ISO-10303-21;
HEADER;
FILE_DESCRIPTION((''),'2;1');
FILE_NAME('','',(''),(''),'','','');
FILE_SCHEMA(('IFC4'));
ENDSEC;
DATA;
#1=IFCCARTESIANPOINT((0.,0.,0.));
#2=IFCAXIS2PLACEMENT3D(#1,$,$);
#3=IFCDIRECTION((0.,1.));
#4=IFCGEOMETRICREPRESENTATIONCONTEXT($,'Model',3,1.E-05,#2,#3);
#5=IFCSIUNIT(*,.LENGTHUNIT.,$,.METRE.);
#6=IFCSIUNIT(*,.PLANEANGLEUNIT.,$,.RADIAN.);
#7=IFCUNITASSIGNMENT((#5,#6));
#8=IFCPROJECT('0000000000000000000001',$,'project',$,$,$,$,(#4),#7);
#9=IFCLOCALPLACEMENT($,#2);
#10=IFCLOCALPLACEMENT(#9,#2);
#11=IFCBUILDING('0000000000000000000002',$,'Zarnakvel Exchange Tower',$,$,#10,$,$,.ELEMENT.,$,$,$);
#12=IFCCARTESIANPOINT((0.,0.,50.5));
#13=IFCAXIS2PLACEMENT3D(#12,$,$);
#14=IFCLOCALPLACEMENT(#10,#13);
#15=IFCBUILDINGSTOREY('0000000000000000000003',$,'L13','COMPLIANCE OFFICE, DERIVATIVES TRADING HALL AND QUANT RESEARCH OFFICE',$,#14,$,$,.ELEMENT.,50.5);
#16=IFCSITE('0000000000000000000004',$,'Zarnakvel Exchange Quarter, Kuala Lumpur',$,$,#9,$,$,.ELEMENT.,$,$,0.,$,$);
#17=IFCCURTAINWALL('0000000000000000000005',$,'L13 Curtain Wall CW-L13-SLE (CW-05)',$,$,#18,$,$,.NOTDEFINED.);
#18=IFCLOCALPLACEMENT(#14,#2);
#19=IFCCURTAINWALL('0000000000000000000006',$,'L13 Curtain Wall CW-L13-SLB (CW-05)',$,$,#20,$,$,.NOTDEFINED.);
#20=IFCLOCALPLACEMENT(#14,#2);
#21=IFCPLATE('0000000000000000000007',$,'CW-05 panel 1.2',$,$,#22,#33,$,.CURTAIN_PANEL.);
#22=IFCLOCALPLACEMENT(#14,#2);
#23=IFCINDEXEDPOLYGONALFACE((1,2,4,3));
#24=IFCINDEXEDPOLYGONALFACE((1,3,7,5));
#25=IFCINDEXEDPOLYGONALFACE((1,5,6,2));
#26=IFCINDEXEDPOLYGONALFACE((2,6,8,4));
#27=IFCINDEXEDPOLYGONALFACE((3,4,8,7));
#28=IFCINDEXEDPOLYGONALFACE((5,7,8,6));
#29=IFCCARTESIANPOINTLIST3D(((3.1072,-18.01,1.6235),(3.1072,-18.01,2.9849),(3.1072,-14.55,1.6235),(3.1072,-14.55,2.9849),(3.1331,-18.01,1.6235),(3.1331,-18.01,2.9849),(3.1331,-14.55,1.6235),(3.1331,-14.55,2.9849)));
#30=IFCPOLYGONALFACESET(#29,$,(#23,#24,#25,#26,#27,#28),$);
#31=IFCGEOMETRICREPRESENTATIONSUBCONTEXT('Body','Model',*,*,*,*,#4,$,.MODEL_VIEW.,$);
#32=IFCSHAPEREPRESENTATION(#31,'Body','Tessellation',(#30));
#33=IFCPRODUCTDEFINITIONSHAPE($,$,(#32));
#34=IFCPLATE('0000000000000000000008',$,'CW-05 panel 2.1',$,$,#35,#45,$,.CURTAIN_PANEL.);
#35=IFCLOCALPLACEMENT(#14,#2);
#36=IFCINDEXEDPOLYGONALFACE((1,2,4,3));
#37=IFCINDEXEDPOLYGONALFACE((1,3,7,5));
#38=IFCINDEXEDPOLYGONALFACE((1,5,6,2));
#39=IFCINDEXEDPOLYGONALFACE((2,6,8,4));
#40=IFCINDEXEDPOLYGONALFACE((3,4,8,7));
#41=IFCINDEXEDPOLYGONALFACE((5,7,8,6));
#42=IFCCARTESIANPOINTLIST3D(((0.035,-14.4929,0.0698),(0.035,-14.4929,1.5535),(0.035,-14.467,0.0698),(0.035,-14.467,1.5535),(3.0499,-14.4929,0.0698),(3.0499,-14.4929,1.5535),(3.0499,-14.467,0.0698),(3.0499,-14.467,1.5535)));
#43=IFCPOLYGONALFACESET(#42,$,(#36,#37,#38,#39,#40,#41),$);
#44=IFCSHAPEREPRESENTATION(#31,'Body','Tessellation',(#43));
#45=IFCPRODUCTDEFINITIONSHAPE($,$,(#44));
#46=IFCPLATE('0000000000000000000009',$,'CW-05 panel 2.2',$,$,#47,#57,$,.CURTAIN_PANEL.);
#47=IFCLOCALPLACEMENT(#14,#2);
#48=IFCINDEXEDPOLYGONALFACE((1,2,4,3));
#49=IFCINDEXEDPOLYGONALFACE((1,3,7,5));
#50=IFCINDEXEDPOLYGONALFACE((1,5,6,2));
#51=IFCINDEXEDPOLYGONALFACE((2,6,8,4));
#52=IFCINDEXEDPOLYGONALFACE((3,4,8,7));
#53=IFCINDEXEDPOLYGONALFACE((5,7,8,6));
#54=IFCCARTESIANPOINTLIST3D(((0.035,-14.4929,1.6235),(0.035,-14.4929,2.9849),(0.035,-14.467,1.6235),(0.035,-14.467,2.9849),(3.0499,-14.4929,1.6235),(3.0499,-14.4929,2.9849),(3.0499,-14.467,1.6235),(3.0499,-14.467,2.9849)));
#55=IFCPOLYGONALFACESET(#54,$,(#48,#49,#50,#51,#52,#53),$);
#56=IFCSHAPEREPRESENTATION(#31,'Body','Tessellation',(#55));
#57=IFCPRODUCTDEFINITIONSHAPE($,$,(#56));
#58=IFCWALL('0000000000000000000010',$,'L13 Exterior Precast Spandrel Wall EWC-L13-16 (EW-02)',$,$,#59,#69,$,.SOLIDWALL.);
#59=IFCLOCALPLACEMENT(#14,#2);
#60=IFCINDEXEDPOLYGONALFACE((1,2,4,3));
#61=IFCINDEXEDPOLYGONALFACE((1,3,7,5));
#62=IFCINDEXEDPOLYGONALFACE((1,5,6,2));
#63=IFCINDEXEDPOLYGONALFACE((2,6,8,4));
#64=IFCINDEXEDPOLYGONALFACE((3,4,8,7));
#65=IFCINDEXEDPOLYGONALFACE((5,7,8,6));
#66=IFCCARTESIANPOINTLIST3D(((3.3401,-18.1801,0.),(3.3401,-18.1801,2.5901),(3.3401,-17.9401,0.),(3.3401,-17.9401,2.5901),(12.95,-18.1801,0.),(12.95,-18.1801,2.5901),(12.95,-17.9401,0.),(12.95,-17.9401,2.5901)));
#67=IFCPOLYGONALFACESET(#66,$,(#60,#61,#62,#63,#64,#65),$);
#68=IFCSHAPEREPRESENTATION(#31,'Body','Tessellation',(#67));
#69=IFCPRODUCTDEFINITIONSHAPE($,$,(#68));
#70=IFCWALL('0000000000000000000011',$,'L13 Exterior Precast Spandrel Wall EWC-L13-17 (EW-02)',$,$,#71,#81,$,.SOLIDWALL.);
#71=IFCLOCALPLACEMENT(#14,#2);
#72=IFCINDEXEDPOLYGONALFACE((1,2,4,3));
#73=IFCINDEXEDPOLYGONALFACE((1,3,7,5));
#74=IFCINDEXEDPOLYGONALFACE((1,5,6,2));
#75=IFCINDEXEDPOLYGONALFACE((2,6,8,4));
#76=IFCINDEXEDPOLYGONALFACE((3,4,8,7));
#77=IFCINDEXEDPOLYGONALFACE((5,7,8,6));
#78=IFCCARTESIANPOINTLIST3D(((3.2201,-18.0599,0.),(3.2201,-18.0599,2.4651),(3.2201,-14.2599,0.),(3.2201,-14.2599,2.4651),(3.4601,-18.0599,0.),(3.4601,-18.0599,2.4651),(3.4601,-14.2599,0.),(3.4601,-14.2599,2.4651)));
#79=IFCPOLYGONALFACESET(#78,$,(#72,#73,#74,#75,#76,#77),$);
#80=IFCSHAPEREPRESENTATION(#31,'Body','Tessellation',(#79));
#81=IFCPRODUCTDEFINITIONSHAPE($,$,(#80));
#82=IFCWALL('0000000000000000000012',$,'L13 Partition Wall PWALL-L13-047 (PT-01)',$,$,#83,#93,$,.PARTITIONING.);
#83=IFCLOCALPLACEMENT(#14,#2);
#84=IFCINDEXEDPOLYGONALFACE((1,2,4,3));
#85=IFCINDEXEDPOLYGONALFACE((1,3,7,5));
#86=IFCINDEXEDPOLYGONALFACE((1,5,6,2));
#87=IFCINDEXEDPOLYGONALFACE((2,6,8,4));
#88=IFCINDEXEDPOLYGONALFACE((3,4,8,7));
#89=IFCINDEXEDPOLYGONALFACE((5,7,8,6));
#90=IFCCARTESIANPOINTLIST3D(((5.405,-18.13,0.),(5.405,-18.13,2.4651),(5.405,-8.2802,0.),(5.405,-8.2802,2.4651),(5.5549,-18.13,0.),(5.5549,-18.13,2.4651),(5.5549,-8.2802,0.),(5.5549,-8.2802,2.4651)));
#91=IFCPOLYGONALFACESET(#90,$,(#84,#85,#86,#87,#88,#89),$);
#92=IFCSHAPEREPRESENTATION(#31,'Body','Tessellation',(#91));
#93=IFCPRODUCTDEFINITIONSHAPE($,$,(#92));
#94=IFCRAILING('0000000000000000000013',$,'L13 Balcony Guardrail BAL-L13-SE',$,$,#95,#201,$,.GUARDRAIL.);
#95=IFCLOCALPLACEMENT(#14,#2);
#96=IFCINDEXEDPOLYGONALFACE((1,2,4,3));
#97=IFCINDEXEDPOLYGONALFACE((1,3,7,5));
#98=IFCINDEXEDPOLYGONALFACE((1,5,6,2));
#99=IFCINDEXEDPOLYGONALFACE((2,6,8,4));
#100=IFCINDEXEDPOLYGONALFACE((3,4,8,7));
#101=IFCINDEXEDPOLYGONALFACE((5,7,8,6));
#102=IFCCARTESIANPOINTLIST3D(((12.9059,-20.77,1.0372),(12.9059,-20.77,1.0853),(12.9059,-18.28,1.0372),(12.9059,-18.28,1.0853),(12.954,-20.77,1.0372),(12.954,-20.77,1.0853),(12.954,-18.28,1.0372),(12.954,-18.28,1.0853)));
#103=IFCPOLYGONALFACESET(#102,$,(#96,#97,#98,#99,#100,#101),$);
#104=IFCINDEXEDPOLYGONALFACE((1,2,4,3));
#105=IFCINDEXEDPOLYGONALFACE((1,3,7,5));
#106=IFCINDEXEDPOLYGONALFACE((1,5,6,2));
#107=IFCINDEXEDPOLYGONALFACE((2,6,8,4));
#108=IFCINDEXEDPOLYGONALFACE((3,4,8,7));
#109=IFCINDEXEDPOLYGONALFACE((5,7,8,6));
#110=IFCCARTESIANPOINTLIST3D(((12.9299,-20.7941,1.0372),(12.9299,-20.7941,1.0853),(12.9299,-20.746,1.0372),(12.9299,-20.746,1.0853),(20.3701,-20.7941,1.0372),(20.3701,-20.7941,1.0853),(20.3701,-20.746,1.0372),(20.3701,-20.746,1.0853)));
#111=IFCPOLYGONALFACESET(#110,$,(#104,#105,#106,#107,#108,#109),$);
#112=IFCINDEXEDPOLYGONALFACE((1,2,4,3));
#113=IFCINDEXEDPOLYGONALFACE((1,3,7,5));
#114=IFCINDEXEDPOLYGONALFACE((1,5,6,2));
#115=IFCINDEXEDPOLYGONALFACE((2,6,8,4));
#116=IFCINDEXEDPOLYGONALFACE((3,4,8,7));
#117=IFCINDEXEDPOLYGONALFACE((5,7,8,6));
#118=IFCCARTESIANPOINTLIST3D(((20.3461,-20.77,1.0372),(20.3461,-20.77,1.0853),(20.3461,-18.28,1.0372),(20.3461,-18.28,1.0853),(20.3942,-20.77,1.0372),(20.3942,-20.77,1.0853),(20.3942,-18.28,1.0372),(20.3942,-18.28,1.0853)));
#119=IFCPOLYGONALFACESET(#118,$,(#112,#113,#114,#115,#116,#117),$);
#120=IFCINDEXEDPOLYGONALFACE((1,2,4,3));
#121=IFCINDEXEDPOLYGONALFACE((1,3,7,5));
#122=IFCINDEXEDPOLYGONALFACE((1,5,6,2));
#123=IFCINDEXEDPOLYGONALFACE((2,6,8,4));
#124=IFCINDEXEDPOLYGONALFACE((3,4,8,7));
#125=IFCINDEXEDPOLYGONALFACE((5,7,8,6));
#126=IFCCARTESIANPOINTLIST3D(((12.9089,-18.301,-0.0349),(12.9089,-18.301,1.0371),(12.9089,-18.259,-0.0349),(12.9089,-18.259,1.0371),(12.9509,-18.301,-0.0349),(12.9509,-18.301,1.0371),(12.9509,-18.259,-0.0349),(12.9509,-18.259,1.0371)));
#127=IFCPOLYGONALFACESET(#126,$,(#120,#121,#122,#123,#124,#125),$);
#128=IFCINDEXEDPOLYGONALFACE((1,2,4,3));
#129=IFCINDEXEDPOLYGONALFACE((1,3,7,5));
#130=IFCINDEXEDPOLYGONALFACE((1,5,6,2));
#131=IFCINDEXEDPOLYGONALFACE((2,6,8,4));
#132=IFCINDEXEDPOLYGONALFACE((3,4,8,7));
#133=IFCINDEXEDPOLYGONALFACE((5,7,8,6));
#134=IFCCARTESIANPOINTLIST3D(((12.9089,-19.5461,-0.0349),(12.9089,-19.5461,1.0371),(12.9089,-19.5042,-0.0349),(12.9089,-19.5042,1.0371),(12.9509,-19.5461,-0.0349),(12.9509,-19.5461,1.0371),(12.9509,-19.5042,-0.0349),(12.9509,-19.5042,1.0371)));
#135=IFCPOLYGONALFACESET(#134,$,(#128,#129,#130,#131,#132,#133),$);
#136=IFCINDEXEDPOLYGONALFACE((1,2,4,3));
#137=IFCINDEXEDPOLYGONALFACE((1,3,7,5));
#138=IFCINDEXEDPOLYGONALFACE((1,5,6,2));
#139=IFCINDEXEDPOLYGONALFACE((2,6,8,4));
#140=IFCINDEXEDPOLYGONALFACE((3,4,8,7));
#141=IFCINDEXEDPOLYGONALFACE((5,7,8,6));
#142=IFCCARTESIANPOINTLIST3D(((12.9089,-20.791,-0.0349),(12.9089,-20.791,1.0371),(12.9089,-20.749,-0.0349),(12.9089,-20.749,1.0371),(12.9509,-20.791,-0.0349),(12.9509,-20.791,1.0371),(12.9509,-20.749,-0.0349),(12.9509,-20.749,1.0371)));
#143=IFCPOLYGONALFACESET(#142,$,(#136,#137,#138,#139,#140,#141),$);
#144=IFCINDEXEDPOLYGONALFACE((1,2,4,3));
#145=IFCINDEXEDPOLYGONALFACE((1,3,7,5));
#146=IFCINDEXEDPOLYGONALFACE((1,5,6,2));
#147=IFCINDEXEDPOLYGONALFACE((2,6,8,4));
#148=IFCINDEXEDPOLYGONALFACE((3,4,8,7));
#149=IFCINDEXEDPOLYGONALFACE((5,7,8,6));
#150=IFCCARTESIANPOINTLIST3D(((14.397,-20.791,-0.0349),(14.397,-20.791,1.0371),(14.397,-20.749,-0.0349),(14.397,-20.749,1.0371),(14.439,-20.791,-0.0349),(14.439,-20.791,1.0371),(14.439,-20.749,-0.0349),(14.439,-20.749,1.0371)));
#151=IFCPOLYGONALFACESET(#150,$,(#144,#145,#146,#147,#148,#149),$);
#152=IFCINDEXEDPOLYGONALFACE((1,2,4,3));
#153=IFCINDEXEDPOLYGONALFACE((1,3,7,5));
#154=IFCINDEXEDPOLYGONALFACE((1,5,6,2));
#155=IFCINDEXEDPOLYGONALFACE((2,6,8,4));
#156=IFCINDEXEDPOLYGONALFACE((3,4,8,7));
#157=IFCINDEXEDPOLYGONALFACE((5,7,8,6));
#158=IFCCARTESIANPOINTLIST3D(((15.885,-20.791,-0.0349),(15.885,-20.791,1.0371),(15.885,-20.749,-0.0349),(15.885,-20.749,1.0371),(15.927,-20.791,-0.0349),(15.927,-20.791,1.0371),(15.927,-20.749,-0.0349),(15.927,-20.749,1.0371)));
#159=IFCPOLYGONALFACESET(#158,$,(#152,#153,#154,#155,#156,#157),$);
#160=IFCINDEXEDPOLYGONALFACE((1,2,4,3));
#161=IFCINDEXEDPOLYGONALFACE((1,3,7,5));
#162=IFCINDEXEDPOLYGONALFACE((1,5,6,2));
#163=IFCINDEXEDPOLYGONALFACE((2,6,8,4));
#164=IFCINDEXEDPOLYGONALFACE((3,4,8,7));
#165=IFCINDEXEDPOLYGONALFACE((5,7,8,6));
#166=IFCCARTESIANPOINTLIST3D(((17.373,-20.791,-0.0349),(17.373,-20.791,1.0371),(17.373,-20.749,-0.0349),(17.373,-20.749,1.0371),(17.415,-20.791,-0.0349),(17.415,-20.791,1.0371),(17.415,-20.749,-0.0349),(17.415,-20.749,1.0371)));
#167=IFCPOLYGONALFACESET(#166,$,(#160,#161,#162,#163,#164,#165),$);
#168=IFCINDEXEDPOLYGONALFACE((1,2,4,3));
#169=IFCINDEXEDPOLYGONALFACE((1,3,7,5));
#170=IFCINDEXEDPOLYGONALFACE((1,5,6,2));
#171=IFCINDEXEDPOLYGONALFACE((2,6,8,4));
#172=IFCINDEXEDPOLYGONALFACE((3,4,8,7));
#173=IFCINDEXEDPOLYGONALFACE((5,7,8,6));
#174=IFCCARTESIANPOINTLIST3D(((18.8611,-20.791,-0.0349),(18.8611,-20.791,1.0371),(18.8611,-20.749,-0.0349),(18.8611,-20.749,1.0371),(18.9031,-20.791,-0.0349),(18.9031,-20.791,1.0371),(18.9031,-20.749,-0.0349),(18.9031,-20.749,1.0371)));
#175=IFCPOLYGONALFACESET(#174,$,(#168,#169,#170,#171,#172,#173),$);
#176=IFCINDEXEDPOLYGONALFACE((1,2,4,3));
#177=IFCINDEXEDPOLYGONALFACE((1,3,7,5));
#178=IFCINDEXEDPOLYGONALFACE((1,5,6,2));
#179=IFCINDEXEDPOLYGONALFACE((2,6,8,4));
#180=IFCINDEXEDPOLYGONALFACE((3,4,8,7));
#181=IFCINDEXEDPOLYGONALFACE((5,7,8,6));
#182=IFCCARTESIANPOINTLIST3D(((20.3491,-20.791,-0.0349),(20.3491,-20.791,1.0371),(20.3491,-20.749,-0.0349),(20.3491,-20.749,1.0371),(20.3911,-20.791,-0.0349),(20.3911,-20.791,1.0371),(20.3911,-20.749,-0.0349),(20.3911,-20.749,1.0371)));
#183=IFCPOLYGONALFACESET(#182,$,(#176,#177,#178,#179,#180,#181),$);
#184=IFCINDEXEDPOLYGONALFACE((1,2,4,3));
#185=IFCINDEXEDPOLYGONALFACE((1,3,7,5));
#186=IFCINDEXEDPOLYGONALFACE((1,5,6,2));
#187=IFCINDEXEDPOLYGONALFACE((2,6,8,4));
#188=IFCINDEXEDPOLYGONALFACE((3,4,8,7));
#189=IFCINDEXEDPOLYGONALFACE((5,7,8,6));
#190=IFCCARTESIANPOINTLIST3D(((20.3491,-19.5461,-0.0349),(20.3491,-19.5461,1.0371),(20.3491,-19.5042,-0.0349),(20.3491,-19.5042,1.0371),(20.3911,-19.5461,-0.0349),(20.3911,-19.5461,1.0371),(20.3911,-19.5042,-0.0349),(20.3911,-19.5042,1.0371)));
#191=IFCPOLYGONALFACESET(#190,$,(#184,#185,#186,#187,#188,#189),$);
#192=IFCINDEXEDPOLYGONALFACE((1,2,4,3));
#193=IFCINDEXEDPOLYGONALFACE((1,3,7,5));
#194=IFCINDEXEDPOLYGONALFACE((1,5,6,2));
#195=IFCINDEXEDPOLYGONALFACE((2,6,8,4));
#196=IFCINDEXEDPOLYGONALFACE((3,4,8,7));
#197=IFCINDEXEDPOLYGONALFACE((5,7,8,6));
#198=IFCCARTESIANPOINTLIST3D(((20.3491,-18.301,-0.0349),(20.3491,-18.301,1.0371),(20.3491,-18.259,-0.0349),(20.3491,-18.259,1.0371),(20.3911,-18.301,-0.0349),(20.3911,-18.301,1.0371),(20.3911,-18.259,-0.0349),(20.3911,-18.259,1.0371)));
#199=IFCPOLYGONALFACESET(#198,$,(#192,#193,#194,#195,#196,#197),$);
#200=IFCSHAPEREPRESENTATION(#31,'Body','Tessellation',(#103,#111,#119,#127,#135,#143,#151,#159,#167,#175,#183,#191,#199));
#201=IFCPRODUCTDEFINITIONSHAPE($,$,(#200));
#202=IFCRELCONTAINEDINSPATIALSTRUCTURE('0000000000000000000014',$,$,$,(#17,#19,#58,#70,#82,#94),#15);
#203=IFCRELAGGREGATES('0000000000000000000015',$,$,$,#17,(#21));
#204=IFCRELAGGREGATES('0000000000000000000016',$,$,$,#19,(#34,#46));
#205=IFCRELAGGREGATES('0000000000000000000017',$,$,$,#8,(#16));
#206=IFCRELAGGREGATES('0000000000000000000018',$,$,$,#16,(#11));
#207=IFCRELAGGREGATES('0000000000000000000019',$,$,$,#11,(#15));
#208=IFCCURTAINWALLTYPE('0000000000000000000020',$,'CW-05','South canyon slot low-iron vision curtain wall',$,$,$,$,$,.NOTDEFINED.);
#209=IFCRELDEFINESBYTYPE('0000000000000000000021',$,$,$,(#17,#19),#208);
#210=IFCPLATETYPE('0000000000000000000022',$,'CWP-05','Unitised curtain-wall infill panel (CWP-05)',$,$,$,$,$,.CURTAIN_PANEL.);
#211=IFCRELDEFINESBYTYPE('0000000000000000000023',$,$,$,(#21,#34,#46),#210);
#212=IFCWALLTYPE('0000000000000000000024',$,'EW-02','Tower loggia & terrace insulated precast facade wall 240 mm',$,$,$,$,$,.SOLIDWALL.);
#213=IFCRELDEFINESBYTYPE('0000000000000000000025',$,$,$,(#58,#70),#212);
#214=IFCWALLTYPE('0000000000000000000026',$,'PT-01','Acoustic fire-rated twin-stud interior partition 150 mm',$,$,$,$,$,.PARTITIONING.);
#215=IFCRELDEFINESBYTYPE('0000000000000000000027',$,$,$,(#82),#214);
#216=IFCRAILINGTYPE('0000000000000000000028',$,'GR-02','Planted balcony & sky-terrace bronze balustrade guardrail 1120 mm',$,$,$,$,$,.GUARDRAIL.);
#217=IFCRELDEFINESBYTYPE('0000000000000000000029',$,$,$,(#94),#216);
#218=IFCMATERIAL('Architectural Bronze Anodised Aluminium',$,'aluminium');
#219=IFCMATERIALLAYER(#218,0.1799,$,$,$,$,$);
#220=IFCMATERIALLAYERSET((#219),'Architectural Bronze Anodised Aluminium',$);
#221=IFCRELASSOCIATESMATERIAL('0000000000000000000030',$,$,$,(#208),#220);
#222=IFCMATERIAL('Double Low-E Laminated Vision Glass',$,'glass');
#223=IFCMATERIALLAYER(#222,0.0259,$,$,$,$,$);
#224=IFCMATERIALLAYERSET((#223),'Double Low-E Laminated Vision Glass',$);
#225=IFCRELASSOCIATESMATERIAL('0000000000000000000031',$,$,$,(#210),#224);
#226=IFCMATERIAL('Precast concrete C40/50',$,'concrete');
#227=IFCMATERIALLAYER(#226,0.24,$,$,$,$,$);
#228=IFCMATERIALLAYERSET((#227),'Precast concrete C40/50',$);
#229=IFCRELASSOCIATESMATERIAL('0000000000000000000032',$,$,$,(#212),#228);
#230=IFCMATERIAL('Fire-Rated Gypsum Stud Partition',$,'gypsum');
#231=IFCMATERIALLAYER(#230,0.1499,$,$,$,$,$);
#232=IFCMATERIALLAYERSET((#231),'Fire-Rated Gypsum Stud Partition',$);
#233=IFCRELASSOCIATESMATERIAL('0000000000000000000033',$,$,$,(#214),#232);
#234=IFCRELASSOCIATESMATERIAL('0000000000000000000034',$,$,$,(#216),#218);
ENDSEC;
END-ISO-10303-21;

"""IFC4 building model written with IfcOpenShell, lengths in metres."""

from ifc_helpers import new_model, si_unit, direction, frame, frame_2d, origin, origin_2d, place, context, subcontext, project, spatial, rectangle, extrude, source, transform, mapped, material, layer, layer_set, type_object, element, aggregate, save


model = new_model("IFC4")

# Units and contexts
model_context = context("Model", 3, precision=1e-05, world=origin(), true_north=direction((0.0, 1.0)))
body_context = subcontext(model_context, "Body", "Model", "MODEL_VIEW")
ifc_project = project(units=[si_unit("LENGTHUNIT", "METRE"), si_unit("PLANEANGLEUNIT", "RADIAN")], contexts=[model_context])

# Site, building, storey
site_placement = place(None, origin())
site = spatial("IfcSite", under=ifc_project, at=site_placement, Name="Zarnakvel Exchange Quarter, Kuala Lumpur", CompositionType="ELEMENT", RefElevation=0.0)
building_placement = place(site_placement, origin())
building = spatial("IfcBuilding", under=site, at=building_placement, Name="Zarnakvel Exchange Tower", CompositionType="ELEMENT")
storey_placement = place(building_placement, frame((0.0, 0.0, 50.5)))
storey = spatial("IfcBuildingStorey", under=building, at=storey_placement, Name="L13", Description="COMPLIANCE OFFICE, DERIVATIVES TRADING HALL AND QUANT RESEARCH OFFICE", CompositionType="ELEMENT", Elevation=50.5)

# Curtain walls
ifc_material_1 = material(Name="Architectural Bronze Anodised Aluminium", Category="aluminium")
ifc_layer_1 = layer(ifc_material_1, 0.1799)
ifc_layer_set_1 = layer_set([ifc_layer_1], Name="Architectural Bronze Anodised Aluminium")
curtain_wall_type = type_object("IfcCurtainWallType", Name="CW-05", Description="South canyon slot low-iron vision curtain wall", PredefinedType="NOTDEFINED", material=ifc_layer_set_1)
curtain_wall_1_placement = place(storey_placement, origin())
curtain_wall_1 = element("IfcCurtainWall", 1, at=curtain_wall_1_placement, inside=storey, type_object=curtain_wall_type, Name="L13 Curtain Wall CW-L13-SLE (CW-05)", PredefinedType="NOTDEFINED")
curtain_wall_2_placement = place(storey_placement, origin())
curtain_wall_2 = element("IfcCurtainWall", 2, at=curtain_wall_2_placement, inside=storey, type_object=curtain_wall_type, Name="L13 Curtain Wall CW-L13-SLB (CW-05)", PredefinedType="NOTDEFINED")

# Plates
ifc_material_2 = material(Name="Double Low-E Laminated Vision Glass", Category="glass")
ifc_layer_2 = layer(ifc_material_2, 0.0259)
ifc_layer_set_2 = layer_set([ifc_layer_2], Name="Double Low-E Laminated Vision Glass")
plate_type = type_object("IfcPlateType", Name="CWP-05", Description="Unitised curtain-wall infill panel (CWP-05)", PredefinedType="CURTAIN_PANEL", material=ifc_layer_set_2)
shared_shape_1 = source(origin(), body_context, "Body", "SweptSolid", [
    extrude(rectangle(XDim=3.46, YDim=0.0259, at=origin_2d()), origin(), (0.0, 0.0, 1.0), 1.3613),
])
plate_1_placement = place(storey_placement, frame((3.1201, -16.28, 1.6235), z_axis=(0.0, 0.0, 1.0), x_axis=(0.0, -1.0, 0.0)))
plate_1 = element("IfcPlate", 3, at=plate_1_placement, type_object=plate_type, Name="CW-05 panel 1.2", PredefinedType="CURTAIN_PANEL", context=body_context, shape_type="MappedRepresentation", body=[
    mapped(shared_shape_1, transform((0.0, 0.0, 0.0), x_axis=(1.0, 0.0, 0.0), y_axis=(0.0, 1.0, 0.0), z_axis=(0.0, 0.0, 1.0), scale=1.0)),
])
aggregate(curtain_wall_1, [plate_1])
shared_shape_2 = source(origin(), body_context, "Body", "SweptSolid", [
    extrude(rectangle(XDim=3.0149, YDim=0.0259, at=origin_2d()), origin(), (0.0, 0.0, 1.0), 1.4836),
])
plate_2_placement = place(storey_placement, frame((1.5425, -14.48, 0.0698), z_axis=(0.0, 0.0, 1.0), x_axis=(1.0, 0.0, 0.0)))
plate_2 = element("IfcPlate", 4, at=plate_2_placement, type_object=plate_type, Name="CW-05 panel 2.1", PredefinedType="CURTAIN_PANEL", context=body_context, shape_type="MappedRepresentation", body=[
    mapped(shared_shape_2, transform((0.0, 0.0, 0.0), x_axis=(1.0, 0.0, 0.0), y_axis=(0.0, 1.0, 0.0), z_axis=(0.0, 0.0, 1.0), scale=1.0)),
])
shared_shape_3 = source(origin(), body_context, "Body", "SweptSolid", [
    extrude(rectangle(XDim=3.0149, YDim=0.0259, at=origin_2d()), origin(), (0.0, 0.0, 1.0), 1.3613),
])
plate_3_placement = place(storey_placement, frame((1.5425, -14.48, 1.6235), z_axis=(0.0, 0.0, 1.0), x_axis=(1.0, 0.0, 0.0)))
plate_3 = element("IfcPlate", 5, at=plate_3_placement, type_object=plate_type, Name="CW-05 panel 2.2", PredefinedType="CURTAIN_PANEL", context=body_context, shape_type="MappedRepresentation", body=[
    mapped(shared_shape_3, transform((0.0, 0.0, 0.0), x_axis=(1.0, 0.0, 0.0), y_axis=(0.0, 1.0, 0.0), z_axis=(0.0, 0.0, 1.0), scale=1.0)),
])
aggregate(curtain_wall_2, [plate_2, plate_3])

# Walls
ifc_material_3 = material(Name="Precast concrete C40/50", Category="concrete")
ifc_layer_3 = layer(ifc_material_3, 0.24)
ifc_layer_set_3 = layer_set([ifc_layer_3], Name="Precast concrete C40/50")
wall_type_1 = type_object("IfcWallType", Name="EW-02", Description="Tower loggia & terrace insulated precast facade wall 240 mm", PredefinedType="SOLIDWALL", material=ifc_layer_set_3)
wall_1_placement = place(storey_placement, frame((3.3401, -18.0601, 0.0), z_axis=(0.0, 0.0, 1.0), x_axis=(1.0, 0.0, 0.0)))
element("IfcWall", 6, at=wall_1_placement, inside=storey, type_object=wall_type_1, Name="L13 Exterior Precast Spandrel Wall EWC-L13-16 (EW-02)", PredefinedType="SOLIDWALL", context=body_context, shape_type="SweptSolid", body=[
    extrude(rectangle(XDim=9.6099, YDim=0.24, at=frame_2d((4.8049, 0.0))), origin(), (0.0, 0.0, 1.0), 2.5901),
])
wall_2_placement = place(storey_placement, frame((3.3401, -14.26, 0.0), z_axis=(0.0, 0.0, 1.0), x_axis=(0.0, -1.0, 0.0)))
element("IfcWall", 7, at=wall_2_placement, inside=storey, type_object=wall_type_1, Name="L13 Exterior Precast Spandrel Wall EWC-L13-17 (EW-02)", PredefinedType="SOLIDWALL", context=body_context, shape_type="SweptSolid", body=[
    extrude(rectangle(XDim=3.8, YDim=0.24, at=frame_2d((1.8999, 0.0))), origin(), (0.0, 0.0, 1.0), 2.4651),
])
ifc_material_4 = material(Name="Fire-Rated Gypsum Stud Partition", Category="gypsum")
ifc_layer_4 = layer(ifc_material_4, 0.1499)
ifc_layer_set_4 = layer_set([ifc_layer_4], Name="Fire-Rated Gypsum Stud Partition")
wall_type_2 = type_object("IfcWallType", Name="PT-01", Description="Acoustic fire-rated twin-stud interior partition 150 mm", PredefinedType="PARTITIONING", material=ifc_layer_set_4)
wall_3_placement = place(storey_placement, frame((5.48, -18.1299, 0.0), z_axis=(0.0, 0.0, 1.0), x_axis=(0.0, 1.0, 0.0)))
element("IfcWall", 8, at=wall_3_placement, inside=storey, type_object=wall_type_2, Name="L13 Partition Wall PWALL-L13-047 (PT-01)", PredefinedType="PARTITIONING", context=body_context, shape_type="SweptSolid", body=[
    extrude(rectangle(XDim=9.8499, YDim=0.1499, at=frame_2d((4.9248, 0.0))), origin(), (0.0, 0.0, 1.0), 2.4651),
])

# Railing
railing_type = type_object("IfcRailingType", Name="GR-02", Description="Planted balcony & sky-terrace bronze balustrade guardrail 1120 mm", PredefinedType="GUARDRAIL", material=ifc_material_1)
railing_1_placement = place(storey_placement, frame((12.9299, -18.28, -0.0349)))
element("IfcRailing", 9, at=railing_1_placement, inside=storey, type_object=railing_type, Name="L13 Balcony Guardrail BAL-L13-SE", PredefinedType="GUARDRAIL", context=body_context, shape_type="SweptSolid", body=[
    extrude(rectangle(XDim=0.0481, YDim=0.0481, at=origin_2d()), frame((0.0, 0.0, 1.0962), z_axis=(0.0, -1.0, 0.0), x_axis=(1.0, 0.0, 0.0)), (0.0, 0.0, 1.0), 2.49),
    extrude(rectangle(XDim=0.0481, YDim=0.0481, at=origin_2d()), frame((0.0, -2.49, 1.0962), z_axis=(1.0, 0.0, 0.0), x_axis=(0.0, 1.0, 0.0)), (0.0, 0.0, 1.0), 7.4402),
    extrude(rectangle(XDim=0.0481, YDim=0.0481, at=origin_2d()), frame((7.4402, -2.49, 1.0962), z_axis=(0.0, 1.0, 0.0), x_axis=(-1.0, 0.0, 0.0)), (0.0, 0.0, 1.0), 2.49),
    extrude(rectangle(XDim=0.042, YDim=0.042, at=origin_2d()), origin(), (0.0, 0.0, 1.0), 1.072),
    extrude(rectangle(XDim=0.042, YDim=0.042, at=origin_2d()), frame((0.0, -1.2451, 0.0)), (0.0, 0.0, 1.0), 1.072),
    extrude(rectangle(XDim=0.042, YDim=0.042, at=origin_2d()), frame((0.0, -2.49, 0.0)), (0.0, 0.0, 1.0), 1.072),
    extrude(rectangle(XDim=0.042, YDim=0.042, at=origin_2d()), frame((1.488, -2.49, 0.0)), (0.0, 0.0, 1.0), 1.072),
    extrude(rectangle(XDim=0.042, YDim=0.042, at=origin_2d()), frame((2.9761, -2.49, 0.0)), (0.0, 0.0, 1.0), 1.072),
    extrude(rectangle(XDim=0.042, YDim=0.042, at=origin_2d()), frame((4.4641, -2.49, 0.0)), (0.0, 0.0, 1.0), 1.072),
    extrude(rectangle(XDim=0.042, YDim=0.042, at=origin_2d()), frame((5.9521, -2.49, 0.0)), (0.0, 0.0, 1.0), 1.072),
    extrude(rectangle(XDim=0.042, YDim=0.042, at=origin_2d()), frame((7.4402, -2.49, 0.0)), (0.0, 0.0, 1.0), 1.072),
    extrude(rectangle(XDim=0.042, YDim=0.042, at=origin_2d()), frame((7.4402, -1.2451, 0.0)), (0.0, 0.0, 1.0), 1.072),
    extrude(rectangle(XDim=0.042, YDim=0.042, at=origin_2d()), frame((7.4402, 0.0, 0.0)), (0.0, 0.0, 1.0), 1.072),
])

save(model, "model.ifc")
